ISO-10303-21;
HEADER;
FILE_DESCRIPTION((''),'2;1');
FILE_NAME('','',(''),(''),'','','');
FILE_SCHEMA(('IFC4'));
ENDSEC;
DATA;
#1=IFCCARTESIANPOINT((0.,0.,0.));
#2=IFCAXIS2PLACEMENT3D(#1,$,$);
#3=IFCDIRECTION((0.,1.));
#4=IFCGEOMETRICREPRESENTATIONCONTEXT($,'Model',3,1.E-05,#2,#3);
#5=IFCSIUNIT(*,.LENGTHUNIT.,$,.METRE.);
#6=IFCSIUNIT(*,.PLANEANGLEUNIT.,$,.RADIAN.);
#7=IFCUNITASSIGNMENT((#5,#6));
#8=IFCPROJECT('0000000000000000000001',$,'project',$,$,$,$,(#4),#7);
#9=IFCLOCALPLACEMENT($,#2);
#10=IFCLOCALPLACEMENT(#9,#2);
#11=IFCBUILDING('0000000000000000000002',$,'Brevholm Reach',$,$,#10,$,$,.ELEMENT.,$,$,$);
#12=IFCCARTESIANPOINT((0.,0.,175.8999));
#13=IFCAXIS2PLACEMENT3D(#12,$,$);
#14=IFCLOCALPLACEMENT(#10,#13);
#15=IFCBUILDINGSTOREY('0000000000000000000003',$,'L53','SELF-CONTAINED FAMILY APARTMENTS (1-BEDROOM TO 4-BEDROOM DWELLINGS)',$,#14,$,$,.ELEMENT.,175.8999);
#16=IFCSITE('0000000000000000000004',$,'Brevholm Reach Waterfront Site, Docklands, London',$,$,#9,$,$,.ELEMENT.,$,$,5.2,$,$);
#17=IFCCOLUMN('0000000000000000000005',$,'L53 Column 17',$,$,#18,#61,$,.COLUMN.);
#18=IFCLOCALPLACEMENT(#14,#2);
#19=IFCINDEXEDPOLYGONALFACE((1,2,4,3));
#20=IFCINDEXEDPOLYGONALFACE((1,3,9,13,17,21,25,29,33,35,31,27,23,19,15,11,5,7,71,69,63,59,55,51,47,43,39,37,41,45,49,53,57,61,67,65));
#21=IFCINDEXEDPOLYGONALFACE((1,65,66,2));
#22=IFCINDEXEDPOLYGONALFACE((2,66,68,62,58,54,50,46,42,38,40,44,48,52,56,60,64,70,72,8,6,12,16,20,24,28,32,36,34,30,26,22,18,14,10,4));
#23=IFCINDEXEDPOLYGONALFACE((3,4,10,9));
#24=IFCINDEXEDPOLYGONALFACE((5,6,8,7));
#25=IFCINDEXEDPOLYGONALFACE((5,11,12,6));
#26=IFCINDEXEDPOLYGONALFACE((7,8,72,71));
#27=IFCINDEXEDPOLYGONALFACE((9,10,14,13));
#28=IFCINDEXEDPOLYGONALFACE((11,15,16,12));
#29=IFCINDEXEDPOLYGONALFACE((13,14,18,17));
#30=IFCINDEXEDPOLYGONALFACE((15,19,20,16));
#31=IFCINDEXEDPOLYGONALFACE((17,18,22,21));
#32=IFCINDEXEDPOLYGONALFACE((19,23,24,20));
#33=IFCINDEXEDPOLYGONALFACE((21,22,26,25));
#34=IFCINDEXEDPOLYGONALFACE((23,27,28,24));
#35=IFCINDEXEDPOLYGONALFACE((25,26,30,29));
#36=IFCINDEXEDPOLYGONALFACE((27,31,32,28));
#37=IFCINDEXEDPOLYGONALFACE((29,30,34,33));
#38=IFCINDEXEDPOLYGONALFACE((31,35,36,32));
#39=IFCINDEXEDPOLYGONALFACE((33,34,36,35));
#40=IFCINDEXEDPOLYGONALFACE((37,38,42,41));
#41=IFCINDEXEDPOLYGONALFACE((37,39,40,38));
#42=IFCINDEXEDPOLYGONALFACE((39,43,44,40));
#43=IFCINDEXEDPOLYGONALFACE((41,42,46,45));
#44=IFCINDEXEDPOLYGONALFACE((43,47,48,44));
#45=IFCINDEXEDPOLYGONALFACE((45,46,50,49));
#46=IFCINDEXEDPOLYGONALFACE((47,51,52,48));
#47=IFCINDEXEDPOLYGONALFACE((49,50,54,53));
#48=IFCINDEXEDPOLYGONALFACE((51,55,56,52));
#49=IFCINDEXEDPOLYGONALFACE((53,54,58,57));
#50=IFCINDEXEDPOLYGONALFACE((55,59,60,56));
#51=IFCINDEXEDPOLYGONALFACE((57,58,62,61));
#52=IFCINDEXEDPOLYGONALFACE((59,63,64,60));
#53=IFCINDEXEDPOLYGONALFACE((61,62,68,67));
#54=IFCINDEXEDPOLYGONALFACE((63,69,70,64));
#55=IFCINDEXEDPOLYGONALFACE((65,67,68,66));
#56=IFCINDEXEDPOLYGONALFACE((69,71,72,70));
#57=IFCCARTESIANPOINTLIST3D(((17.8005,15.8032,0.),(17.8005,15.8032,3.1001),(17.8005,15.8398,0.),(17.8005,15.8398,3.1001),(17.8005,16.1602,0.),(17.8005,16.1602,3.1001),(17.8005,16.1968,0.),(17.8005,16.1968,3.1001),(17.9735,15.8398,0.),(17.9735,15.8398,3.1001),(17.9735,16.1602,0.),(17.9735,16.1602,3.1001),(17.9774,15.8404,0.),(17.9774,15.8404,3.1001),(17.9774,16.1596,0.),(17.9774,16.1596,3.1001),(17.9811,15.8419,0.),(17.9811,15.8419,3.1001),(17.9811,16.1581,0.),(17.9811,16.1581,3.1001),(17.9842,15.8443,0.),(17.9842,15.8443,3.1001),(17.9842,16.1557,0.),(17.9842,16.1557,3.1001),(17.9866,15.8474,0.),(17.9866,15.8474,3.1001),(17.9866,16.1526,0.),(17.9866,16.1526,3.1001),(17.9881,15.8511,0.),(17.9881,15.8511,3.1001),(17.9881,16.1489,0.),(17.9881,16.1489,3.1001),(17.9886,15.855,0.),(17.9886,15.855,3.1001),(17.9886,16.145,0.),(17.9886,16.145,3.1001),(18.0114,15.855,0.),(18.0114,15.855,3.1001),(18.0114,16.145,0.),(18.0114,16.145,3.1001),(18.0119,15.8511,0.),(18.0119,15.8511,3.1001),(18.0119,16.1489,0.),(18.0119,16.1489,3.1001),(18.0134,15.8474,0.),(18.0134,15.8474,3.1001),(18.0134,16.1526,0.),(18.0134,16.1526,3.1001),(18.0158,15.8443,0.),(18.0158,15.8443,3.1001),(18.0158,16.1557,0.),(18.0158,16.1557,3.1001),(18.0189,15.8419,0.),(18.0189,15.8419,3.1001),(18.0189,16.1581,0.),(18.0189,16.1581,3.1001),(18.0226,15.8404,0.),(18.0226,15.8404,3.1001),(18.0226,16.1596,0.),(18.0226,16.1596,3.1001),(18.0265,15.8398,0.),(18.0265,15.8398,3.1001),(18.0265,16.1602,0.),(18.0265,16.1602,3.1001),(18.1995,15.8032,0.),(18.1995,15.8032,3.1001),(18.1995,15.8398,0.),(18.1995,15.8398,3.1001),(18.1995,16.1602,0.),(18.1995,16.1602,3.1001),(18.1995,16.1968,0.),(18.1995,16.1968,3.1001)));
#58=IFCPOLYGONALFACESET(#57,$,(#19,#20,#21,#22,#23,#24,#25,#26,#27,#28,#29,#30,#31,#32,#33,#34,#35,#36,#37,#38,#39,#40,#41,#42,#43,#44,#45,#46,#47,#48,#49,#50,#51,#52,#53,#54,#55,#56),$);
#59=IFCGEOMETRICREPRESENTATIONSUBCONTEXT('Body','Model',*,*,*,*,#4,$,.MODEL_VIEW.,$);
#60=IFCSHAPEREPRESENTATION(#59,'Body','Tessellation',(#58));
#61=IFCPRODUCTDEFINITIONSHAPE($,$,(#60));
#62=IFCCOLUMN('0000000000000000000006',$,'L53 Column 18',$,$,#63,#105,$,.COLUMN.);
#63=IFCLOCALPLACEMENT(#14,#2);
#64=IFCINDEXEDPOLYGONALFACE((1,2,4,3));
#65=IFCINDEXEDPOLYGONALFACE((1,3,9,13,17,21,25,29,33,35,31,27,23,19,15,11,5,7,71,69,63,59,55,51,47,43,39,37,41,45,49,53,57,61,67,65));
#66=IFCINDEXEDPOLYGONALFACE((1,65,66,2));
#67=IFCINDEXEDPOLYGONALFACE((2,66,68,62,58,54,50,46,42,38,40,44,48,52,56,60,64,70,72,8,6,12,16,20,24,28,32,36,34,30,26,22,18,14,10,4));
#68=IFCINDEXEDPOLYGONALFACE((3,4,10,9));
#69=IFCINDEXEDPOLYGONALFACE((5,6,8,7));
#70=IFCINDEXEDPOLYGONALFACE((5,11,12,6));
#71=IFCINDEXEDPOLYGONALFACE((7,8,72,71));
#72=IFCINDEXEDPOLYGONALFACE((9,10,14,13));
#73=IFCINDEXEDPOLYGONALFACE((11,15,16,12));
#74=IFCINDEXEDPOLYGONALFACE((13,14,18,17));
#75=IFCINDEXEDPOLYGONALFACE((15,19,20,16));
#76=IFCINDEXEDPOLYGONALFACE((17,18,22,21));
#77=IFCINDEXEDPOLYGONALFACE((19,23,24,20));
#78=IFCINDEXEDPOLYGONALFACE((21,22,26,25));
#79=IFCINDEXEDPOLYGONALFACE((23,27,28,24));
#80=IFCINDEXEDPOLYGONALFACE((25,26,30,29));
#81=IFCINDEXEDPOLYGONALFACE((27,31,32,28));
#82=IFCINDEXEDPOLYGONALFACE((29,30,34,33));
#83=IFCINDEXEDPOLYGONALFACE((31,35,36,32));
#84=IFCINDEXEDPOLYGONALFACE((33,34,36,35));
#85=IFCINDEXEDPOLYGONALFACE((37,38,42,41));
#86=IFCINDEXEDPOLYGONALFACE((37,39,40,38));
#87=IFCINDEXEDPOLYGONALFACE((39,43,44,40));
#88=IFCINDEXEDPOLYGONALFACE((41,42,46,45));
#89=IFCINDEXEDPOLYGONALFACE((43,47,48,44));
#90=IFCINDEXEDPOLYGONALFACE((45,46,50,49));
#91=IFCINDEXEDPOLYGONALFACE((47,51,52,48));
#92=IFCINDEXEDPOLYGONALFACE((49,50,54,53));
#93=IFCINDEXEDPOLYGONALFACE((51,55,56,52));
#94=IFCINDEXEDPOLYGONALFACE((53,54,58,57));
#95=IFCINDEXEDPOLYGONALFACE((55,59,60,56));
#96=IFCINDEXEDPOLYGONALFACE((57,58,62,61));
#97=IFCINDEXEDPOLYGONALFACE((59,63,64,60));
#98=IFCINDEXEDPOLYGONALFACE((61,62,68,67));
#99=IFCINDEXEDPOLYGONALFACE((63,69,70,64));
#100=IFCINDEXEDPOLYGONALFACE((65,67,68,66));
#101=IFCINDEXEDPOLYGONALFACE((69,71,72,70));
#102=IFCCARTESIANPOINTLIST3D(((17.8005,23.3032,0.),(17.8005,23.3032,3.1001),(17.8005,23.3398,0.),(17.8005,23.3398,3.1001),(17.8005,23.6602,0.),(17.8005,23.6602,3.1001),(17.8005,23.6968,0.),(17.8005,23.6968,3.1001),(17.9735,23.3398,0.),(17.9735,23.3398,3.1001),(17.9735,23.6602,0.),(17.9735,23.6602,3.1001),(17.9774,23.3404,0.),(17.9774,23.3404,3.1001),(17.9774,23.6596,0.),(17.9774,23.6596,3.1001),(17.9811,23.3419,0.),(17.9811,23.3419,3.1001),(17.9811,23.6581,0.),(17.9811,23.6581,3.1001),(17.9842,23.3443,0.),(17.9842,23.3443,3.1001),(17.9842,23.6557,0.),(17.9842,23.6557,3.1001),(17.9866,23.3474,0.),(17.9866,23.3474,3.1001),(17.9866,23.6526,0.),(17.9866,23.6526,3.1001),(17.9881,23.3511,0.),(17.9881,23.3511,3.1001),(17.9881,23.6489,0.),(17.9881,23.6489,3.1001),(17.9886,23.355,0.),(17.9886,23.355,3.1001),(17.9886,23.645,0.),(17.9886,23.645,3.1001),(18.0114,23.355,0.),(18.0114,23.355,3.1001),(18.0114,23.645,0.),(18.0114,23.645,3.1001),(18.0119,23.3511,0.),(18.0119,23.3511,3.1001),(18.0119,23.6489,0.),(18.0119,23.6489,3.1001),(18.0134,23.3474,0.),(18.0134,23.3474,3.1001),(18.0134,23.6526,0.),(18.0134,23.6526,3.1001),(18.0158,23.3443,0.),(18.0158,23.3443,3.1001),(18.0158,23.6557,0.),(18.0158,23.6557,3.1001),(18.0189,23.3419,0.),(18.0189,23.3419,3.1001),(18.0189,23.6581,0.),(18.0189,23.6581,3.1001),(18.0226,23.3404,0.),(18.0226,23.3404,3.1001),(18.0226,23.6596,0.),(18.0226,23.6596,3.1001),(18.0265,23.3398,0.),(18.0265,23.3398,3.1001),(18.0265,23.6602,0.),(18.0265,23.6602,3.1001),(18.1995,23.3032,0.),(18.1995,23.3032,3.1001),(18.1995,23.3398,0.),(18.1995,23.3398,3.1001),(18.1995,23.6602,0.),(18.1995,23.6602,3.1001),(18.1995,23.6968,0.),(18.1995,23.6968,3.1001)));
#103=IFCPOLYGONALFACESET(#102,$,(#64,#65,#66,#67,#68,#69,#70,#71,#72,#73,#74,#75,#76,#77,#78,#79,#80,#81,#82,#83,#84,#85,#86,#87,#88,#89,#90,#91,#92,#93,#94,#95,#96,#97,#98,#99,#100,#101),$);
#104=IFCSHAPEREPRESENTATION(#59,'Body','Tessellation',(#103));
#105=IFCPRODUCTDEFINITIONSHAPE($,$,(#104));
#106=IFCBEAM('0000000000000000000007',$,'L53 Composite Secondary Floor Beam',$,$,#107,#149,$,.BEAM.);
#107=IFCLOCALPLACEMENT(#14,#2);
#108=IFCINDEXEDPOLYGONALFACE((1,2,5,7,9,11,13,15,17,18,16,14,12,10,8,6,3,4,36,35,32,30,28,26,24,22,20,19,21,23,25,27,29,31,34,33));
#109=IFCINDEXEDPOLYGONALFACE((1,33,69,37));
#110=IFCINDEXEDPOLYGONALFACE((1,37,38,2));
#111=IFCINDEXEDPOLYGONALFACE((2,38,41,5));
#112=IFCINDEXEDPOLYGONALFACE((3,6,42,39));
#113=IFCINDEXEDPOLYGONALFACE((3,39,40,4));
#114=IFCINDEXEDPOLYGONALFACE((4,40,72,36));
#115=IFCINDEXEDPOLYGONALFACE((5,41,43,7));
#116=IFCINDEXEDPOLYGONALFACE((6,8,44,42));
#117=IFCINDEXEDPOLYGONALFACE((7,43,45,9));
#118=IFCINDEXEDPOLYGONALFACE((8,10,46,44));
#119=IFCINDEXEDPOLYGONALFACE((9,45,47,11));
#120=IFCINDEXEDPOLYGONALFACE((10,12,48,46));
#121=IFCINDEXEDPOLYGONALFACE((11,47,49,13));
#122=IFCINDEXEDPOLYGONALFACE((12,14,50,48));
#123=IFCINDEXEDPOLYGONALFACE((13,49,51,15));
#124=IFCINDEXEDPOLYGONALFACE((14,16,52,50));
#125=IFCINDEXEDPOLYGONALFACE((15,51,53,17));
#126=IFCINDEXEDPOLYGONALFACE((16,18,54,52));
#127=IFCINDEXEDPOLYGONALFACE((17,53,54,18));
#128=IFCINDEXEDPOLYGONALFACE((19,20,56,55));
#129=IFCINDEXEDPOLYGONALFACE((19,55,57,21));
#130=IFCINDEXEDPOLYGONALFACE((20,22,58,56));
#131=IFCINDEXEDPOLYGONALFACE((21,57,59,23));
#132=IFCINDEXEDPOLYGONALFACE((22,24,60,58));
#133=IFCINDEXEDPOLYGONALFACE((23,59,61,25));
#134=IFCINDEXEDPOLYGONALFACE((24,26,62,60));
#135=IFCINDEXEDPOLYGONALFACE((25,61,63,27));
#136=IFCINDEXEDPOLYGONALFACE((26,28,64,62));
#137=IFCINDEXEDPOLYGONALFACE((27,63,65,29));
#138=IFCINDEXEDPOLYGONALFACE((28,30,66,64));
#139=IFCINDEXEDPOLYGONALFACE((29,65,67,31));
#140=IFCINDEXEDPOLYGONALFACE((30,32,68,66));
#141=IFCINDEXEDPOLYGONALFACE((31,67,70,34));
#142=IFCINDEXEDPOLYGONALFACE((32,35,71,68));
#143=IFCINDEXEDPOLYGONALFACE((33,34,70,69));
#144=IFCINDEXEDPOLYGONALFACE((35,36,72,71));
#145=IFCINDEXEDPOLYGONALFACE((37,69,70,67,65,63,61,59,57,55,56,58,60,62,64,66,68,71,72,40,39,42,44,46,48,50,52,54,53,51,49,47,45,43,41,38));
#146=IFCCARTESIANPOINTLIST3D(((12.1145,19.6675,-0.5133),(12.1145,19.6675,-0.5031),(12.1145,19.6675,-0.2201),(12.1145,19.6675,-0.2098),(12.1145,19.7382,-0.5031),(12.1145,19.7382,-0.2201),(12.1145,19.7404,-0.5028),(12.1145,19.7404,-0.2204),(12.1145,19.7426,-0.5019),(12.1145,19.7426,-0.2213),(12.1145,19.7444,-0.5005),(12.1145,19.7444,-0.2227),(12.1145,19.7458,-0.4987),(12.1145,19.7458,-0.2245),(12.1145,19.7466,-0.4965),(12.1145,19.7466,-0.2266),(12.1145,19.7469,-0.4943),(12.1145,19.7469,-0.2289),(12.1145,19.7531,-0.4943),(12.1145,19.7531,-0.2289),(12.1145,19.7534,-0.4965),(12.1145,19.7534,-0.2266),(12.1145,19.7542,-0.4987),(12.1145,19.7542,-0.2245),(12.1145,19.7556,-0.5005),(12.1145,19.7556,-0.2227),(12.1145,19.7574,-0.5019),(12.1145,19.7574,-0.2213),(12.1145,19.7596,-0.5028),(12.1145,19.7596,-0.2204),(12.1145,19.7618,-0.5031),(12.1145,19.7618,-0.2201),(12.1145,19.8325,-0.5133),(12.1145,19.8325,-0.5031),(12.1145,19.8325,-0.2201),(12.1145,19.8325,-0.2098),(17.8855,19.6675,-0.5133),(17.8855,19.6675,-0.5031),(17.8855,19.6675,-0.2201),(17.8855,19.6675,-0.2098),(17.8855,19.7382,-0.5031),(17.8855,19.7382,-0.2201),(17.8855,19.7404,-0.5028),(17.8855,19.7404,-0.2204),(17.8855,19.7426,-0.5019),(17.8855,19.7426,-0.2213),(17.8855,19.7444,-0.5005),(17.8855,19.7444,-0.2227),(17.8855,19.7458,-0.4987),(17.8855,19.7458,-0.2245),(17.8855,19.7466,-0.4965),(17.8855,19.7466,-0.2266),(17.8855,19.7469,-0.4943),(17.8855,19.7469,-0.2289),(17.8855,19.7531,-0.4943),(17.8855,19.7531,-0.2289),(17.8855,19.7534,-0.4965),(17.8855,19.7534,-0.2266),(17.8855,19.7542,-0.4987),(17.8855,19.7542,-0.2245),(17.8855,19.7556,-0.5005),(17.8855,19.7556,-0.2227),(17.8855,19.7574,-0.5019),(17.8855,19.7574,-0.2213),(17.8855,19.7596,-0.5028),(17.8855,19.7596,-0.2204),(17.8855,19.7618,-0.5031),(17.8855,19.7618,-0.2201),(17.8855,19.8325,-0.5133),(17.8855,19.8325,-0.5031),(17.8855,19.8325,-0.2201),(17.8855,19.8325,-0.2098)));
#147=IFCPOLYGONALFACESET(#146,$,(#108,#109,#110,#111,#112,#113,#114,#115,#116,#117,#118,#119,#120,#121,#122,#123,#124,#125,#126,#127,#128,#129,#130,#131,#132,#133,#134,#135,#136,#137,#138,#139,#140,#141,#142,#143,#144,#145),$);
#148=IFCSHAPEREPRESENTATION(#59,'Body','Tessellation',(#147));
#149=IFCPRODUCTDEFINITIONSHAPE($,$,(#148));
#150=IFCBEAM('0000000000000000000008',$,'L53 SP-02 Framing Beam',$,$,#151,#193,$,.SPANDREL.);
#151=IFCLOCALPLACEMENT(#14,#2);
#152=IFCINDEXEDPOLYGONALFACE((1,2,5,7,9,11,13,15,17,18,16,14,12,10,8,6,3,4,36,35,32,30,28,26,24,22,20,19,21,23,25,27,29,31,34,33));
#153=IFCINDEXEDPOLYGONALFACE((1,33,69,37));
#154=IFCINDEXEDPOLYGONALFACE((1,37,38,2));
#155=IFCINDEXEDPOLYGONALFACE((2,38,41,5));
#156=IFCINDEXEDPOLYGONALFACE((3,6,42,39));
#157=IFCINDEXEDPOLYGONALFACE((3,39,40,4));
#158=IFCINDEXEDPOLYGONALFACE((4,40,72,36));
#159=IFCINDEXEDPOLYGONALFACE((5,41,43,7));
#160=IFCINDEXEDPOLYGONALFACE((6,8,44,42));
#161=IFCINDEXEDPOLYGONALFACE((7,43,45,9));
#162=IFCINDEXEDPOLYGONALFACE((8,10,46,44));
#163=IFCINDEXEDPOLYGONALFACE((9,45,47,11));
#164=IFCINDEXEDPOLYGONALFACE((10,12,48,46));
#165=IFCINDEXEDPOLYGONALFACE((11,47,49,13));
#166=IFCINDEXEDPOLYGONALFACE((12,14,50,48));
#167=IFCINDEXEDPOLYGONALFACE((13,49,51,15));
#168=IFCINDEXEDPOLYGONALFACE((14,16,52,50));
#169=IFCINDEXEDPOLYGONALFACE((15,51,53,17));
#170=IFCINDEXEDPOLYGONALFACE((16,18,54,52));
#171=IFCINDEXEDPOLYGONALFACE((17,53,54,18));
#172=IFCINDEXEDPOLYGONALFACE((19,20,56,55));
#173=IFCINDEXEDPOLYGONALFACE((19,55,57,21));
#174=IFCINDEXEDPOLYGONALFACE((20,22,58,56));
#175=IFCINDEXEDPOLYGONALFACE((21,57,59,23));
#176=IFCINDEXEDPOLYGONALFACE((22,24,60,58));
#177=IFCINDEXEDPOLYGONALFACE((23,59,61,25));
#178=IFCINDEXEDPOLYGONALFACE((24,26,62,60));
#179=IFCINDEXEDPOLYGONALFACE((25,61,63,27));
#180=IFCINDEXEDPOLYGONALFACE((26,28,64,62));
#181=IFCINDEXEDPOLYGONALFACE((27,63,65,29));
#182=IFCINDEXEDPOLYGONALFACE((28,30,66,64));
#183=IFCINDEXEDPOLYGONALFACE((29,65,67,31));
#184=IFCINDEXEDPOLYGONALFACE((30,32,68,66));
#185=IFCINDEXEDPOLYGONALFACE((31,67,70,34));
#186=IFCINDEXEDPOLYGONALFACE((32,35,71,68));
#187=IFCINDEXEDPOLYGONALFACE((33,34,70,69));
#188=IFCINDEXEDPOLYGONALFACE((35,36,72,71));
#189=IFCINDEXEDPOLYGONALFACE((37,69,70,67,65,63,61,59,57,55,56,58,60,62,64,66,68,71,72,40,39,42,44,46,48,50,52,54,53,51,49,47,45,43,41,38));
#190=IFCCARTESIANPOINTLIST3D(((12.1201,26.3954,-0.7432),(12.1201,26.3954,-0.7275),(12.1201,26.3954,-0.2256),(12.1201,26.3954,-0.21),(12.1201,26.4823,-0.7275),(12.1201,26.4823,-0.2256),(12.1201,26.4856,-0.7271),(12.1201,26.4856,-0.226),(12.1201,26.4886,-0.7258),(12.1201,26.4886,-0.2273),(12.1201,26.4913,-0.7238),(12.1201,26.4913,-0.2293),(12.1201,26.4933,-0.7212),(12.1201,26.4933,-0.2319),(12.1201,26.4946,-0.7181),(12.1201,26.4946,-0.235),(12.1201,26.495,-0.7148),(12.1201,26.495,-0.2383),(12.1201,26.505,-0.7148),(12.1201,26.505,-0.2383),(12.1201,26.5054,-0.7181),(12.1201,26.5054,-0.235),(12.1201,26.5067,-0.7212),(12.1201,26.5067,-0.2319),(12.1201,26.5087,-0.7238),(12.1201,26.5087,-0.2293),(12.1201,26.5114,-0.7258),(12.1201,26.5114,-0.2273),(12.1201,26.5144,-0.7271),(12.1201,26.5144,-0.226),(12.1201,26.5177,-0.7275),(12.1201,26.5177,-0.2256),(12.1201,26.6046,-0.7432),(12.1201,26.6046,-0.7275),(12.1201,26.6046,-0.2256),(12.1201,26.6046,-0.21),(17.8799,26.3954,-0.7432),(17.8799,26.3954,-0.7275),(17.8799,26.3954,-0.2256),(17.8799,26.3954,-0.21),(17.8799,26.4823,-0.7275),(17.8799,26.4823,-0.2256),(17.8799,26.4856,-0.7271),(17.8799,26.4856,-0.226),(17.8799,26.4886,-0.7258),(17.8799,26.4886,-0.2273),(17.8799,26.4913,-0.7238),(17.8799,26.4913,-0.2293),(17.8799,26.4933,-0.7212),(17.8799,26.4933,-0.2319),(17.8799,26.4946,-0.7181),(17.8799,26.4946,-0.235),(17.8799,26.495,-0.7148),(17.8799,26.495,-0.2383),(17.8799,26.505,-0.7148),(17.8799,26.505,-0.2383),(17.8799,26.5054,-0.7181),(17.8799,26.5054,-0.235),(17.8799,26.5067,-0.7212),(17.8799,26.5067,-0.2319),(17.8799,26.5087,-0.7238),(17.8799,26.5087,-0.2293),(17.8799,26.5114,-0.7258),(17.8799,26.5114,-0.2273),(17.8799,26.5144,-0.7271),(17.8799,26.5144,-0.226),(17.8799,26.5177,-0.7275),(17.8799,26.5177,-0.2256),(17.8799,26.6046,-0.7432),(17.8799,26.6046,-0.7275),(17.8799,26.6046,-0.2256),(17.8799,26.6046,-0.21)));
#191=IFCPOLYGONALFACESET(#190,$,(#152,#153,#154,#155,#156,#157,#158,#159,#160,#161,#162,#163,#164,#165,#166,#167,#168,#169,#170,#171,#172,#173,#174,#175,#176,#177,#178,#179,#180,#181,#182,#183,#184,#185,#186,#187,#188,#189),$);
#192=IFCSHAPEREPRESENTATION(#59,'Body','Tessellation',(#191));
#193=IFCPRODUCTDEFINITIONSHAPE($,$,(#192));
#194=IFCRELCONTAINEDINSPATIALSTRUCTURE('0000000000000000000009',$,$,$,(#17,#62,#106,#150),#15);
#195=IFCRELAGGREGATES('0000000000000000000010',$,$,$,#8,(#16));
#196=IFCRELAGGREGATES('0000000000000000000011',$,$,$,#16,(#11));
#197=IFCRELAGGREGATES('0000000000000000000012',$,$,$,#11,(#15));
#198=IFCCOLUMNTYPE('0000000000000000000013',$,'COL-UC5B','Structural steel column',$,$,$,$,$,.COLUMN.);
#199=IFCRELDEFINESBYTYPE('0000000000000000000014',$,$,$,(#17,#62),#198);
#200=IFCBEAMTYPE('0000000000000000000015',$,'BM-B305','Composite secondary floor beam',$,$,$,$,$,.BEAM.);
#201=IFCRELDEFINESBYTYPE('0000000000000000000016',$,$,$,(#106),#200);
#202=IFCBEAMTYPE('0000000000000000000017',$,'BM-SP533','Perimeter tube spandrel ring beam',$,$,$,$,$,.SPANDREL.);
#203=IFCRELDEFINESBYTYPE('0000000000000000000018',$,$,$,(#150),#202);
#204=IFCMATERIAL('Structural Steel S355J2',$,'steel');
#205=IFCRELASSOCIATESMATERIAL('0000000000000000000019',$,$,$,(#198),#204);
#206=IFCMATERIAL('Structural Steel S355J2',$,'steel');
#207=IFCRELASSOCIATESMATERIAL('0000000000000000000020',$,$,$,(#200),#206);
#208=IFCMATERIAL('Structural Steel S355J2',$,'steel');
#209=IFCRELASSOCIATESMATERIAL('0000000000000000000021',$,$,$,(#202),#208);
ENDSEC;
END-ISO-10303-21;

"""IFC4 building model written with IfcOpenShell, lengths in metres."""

from ifc_helpers import new_model, si_unit, direction, frame, origin, origin_2d, place, context, subcontext, project, spatial, i_section, extrude, material, material_profile, profile_set, type_object, element, save


model = new_model("IFC4")

# Units and contexts
model_context = context("Model", 3, precision=1e-05, world=origin(), true_north=direction((0.0, 1.0)))
body_context = subcontext(model_context, "Body", "Model", "MODEL_VIEW")
ifc_project = project(units=[si_unit("LENGTHUNIT", "METRE"), si_unit("PLANEANGLEUNIT", "RADIAN")], contexts=[model_context])

# Site, building, storey
site_placement = place(None, origin())
site = spatial("IfcSite", under=ifc_project, at=site_placement, Name="Brevholm Reach Waterfront Site, Docklands, London", CompositionType="ELEMENT", RefElevation=5.2)
building_placement = place(site_placement, origin())
building = spatial("IfcBuilding", under=site, at=building_placement, Name="Brevholm Reach", CompositionType="ELEMENT")
storey_placement = place(building_placement, frame((0.0, 0.0, 175.8999)))
storey = spatial("IfcBuildingStorey", under=building, at=storey_placement, Name="L53", Description="SELF-CONTAINED FAMILY APARTMENTS (1-BEDROOM TO 4-BEDROOM DWELLINGS)", CompositionType="ELEMENT", Elevation=175.8999)

# Columns
ifc_material_1 = material(Name="Structural Steel S355J2", Category="steel")
ifc_material_profile_1 = material_profile(ifc_material_1, i_section(OverallWidth=0.3989, OverallDepth=0.3936, WebThickness=0.0227, FlangeThickness=0.0366, FilletRadius=0.0151, at=origin_2d()), Name="UKC 356x406x287")
ifc_profile_set_1 = profile_set([ifc_material_profile_1], Name="Structural Steel S355J2")
column_type = type_object("IfcColumnType", Name="COL-UC5B", Description="Structural steel column", PredefinedType="COLUMN", material=ifc_profile_set_1)
for number, where, z_axis, x_axis, name in (
    (1, (18.0, 16.0, 0.0), (0.0, 0.0, 1.0), (1.0, 0.0, 0.0), "L53 Column 17"),
    (2, (18.0, 23.5, 0.0), (0.0, 0.0, 1.0), (1.0, 0.0, 0.0), "L53 Column 18"),
):
    element("IfcColumn", number, at=place(storey_placement, frame(where, z_axis=z_axis, x_axis=x_axis)), inside=storey, type_object=column_type, Name=name, PredefinedType="COLUMN", context=body_context, shape_type="SweptSolid", body=[
        extrude(i_section(OverallWidth=0.3989, OverallDepth=0.3936, WebThickness=0.0227, FlangeThickness=0.0366, FilletRadius=0.0151, at=origin_2d()), origin(), (0.0, 0.0, 1.0), 3.1001),
    ])

# Beams
ifc_material_2 = material(Name="Structural Steel S355J2", Category="steel")
ifc_material_profile_2 = material_profile(ifc_material_2, i_section(OverallWidth=0.165, OverallDepth=0.3035, WebThickness=0.0061, FlangeThickness=0.0103, FilletRadius=0.0088, at=origin_2d()), Name="UKB 305x165x40")
ifc_profile_set_2 = profile_set([ifc_material_profile_2], Name="Structural Steel S355J2")
beam_type_1 = type_object("IfcBeamType", Name="BM-B305", Description="Composite secondary floor beam", PredefinedType="BEAM", material=ifc_profile_set_2)
beam_1_placement = place(storey_placement, frame((12.1145, 19.75, -0.3616), z_axis=(1.0, 0.0, 0.0), x_axis=(0.0, 1.0, 0.0)))
element("IfcBeam", 3, at=beam_1_placement, inside=storey, type_object=beam_type_1, Name="L53 Composite Secondary Floor Beam", PredefinedType="BEAM", context=body_context, shape_type="SweptSolid", body=[
    extrude(i_section(OverallWidth=0.165, OverallDepth=0.3035, WebThickness=0.0061, FlangeThickness=0.0103, FilletRadius=0.0088, at=origin_2d()), origin(), (0.0, 0.0, 1.0), 5.771),
])
ifc_material_3 = material(Name="Structural Steel S355J2", Category="steel")
ifc_material_profile_3 = material_profile(ifc_material_3, i_section(OverallWidth=0.2092, OverallDepth=0.5332, WebThickness=0.01, FlangeThickness=0.0156, FilletRadius=0.0127, at=origin_2d()), Name="UKB 533x210x92")
ifc_profile_set_3 = profile_set([ifc_material_profile_3], Name="Structural Steel S355J2")
beam_type_2 = type_object("IfcBeamType", Name="BM-SP533", Description="Perimeter tube spandrel ring beam", PredefinedType="SPANDREL", material=ifc_profile_set_3)
beam_2_placement = place(storey_placement, frame((12.1201, 26.5, -0.4766), z_axis=(1.0, 0.0, 0.0), x_axis=(0.0, 1.0, 0.0)))
element("IfcBeam", 4, at=beam_2_placement, inside=storey, type_object=beam_type_2, Name="L53 SP-02 Framing Beam", PredefinedType="SPANDREL", context=body_context, shape_type="SweptSolid", body=[
    extrude(i_section(OverallWidth=0.2092, OverallDepth=0.5332, WebThickness=0.01, FlangeThickness=0.0156, FilletRadius=0.0127, at=origin_2d()), origin(), (0.0, 0.0, 1.0), 5.7598),
])

save(model, "model.ifc")
